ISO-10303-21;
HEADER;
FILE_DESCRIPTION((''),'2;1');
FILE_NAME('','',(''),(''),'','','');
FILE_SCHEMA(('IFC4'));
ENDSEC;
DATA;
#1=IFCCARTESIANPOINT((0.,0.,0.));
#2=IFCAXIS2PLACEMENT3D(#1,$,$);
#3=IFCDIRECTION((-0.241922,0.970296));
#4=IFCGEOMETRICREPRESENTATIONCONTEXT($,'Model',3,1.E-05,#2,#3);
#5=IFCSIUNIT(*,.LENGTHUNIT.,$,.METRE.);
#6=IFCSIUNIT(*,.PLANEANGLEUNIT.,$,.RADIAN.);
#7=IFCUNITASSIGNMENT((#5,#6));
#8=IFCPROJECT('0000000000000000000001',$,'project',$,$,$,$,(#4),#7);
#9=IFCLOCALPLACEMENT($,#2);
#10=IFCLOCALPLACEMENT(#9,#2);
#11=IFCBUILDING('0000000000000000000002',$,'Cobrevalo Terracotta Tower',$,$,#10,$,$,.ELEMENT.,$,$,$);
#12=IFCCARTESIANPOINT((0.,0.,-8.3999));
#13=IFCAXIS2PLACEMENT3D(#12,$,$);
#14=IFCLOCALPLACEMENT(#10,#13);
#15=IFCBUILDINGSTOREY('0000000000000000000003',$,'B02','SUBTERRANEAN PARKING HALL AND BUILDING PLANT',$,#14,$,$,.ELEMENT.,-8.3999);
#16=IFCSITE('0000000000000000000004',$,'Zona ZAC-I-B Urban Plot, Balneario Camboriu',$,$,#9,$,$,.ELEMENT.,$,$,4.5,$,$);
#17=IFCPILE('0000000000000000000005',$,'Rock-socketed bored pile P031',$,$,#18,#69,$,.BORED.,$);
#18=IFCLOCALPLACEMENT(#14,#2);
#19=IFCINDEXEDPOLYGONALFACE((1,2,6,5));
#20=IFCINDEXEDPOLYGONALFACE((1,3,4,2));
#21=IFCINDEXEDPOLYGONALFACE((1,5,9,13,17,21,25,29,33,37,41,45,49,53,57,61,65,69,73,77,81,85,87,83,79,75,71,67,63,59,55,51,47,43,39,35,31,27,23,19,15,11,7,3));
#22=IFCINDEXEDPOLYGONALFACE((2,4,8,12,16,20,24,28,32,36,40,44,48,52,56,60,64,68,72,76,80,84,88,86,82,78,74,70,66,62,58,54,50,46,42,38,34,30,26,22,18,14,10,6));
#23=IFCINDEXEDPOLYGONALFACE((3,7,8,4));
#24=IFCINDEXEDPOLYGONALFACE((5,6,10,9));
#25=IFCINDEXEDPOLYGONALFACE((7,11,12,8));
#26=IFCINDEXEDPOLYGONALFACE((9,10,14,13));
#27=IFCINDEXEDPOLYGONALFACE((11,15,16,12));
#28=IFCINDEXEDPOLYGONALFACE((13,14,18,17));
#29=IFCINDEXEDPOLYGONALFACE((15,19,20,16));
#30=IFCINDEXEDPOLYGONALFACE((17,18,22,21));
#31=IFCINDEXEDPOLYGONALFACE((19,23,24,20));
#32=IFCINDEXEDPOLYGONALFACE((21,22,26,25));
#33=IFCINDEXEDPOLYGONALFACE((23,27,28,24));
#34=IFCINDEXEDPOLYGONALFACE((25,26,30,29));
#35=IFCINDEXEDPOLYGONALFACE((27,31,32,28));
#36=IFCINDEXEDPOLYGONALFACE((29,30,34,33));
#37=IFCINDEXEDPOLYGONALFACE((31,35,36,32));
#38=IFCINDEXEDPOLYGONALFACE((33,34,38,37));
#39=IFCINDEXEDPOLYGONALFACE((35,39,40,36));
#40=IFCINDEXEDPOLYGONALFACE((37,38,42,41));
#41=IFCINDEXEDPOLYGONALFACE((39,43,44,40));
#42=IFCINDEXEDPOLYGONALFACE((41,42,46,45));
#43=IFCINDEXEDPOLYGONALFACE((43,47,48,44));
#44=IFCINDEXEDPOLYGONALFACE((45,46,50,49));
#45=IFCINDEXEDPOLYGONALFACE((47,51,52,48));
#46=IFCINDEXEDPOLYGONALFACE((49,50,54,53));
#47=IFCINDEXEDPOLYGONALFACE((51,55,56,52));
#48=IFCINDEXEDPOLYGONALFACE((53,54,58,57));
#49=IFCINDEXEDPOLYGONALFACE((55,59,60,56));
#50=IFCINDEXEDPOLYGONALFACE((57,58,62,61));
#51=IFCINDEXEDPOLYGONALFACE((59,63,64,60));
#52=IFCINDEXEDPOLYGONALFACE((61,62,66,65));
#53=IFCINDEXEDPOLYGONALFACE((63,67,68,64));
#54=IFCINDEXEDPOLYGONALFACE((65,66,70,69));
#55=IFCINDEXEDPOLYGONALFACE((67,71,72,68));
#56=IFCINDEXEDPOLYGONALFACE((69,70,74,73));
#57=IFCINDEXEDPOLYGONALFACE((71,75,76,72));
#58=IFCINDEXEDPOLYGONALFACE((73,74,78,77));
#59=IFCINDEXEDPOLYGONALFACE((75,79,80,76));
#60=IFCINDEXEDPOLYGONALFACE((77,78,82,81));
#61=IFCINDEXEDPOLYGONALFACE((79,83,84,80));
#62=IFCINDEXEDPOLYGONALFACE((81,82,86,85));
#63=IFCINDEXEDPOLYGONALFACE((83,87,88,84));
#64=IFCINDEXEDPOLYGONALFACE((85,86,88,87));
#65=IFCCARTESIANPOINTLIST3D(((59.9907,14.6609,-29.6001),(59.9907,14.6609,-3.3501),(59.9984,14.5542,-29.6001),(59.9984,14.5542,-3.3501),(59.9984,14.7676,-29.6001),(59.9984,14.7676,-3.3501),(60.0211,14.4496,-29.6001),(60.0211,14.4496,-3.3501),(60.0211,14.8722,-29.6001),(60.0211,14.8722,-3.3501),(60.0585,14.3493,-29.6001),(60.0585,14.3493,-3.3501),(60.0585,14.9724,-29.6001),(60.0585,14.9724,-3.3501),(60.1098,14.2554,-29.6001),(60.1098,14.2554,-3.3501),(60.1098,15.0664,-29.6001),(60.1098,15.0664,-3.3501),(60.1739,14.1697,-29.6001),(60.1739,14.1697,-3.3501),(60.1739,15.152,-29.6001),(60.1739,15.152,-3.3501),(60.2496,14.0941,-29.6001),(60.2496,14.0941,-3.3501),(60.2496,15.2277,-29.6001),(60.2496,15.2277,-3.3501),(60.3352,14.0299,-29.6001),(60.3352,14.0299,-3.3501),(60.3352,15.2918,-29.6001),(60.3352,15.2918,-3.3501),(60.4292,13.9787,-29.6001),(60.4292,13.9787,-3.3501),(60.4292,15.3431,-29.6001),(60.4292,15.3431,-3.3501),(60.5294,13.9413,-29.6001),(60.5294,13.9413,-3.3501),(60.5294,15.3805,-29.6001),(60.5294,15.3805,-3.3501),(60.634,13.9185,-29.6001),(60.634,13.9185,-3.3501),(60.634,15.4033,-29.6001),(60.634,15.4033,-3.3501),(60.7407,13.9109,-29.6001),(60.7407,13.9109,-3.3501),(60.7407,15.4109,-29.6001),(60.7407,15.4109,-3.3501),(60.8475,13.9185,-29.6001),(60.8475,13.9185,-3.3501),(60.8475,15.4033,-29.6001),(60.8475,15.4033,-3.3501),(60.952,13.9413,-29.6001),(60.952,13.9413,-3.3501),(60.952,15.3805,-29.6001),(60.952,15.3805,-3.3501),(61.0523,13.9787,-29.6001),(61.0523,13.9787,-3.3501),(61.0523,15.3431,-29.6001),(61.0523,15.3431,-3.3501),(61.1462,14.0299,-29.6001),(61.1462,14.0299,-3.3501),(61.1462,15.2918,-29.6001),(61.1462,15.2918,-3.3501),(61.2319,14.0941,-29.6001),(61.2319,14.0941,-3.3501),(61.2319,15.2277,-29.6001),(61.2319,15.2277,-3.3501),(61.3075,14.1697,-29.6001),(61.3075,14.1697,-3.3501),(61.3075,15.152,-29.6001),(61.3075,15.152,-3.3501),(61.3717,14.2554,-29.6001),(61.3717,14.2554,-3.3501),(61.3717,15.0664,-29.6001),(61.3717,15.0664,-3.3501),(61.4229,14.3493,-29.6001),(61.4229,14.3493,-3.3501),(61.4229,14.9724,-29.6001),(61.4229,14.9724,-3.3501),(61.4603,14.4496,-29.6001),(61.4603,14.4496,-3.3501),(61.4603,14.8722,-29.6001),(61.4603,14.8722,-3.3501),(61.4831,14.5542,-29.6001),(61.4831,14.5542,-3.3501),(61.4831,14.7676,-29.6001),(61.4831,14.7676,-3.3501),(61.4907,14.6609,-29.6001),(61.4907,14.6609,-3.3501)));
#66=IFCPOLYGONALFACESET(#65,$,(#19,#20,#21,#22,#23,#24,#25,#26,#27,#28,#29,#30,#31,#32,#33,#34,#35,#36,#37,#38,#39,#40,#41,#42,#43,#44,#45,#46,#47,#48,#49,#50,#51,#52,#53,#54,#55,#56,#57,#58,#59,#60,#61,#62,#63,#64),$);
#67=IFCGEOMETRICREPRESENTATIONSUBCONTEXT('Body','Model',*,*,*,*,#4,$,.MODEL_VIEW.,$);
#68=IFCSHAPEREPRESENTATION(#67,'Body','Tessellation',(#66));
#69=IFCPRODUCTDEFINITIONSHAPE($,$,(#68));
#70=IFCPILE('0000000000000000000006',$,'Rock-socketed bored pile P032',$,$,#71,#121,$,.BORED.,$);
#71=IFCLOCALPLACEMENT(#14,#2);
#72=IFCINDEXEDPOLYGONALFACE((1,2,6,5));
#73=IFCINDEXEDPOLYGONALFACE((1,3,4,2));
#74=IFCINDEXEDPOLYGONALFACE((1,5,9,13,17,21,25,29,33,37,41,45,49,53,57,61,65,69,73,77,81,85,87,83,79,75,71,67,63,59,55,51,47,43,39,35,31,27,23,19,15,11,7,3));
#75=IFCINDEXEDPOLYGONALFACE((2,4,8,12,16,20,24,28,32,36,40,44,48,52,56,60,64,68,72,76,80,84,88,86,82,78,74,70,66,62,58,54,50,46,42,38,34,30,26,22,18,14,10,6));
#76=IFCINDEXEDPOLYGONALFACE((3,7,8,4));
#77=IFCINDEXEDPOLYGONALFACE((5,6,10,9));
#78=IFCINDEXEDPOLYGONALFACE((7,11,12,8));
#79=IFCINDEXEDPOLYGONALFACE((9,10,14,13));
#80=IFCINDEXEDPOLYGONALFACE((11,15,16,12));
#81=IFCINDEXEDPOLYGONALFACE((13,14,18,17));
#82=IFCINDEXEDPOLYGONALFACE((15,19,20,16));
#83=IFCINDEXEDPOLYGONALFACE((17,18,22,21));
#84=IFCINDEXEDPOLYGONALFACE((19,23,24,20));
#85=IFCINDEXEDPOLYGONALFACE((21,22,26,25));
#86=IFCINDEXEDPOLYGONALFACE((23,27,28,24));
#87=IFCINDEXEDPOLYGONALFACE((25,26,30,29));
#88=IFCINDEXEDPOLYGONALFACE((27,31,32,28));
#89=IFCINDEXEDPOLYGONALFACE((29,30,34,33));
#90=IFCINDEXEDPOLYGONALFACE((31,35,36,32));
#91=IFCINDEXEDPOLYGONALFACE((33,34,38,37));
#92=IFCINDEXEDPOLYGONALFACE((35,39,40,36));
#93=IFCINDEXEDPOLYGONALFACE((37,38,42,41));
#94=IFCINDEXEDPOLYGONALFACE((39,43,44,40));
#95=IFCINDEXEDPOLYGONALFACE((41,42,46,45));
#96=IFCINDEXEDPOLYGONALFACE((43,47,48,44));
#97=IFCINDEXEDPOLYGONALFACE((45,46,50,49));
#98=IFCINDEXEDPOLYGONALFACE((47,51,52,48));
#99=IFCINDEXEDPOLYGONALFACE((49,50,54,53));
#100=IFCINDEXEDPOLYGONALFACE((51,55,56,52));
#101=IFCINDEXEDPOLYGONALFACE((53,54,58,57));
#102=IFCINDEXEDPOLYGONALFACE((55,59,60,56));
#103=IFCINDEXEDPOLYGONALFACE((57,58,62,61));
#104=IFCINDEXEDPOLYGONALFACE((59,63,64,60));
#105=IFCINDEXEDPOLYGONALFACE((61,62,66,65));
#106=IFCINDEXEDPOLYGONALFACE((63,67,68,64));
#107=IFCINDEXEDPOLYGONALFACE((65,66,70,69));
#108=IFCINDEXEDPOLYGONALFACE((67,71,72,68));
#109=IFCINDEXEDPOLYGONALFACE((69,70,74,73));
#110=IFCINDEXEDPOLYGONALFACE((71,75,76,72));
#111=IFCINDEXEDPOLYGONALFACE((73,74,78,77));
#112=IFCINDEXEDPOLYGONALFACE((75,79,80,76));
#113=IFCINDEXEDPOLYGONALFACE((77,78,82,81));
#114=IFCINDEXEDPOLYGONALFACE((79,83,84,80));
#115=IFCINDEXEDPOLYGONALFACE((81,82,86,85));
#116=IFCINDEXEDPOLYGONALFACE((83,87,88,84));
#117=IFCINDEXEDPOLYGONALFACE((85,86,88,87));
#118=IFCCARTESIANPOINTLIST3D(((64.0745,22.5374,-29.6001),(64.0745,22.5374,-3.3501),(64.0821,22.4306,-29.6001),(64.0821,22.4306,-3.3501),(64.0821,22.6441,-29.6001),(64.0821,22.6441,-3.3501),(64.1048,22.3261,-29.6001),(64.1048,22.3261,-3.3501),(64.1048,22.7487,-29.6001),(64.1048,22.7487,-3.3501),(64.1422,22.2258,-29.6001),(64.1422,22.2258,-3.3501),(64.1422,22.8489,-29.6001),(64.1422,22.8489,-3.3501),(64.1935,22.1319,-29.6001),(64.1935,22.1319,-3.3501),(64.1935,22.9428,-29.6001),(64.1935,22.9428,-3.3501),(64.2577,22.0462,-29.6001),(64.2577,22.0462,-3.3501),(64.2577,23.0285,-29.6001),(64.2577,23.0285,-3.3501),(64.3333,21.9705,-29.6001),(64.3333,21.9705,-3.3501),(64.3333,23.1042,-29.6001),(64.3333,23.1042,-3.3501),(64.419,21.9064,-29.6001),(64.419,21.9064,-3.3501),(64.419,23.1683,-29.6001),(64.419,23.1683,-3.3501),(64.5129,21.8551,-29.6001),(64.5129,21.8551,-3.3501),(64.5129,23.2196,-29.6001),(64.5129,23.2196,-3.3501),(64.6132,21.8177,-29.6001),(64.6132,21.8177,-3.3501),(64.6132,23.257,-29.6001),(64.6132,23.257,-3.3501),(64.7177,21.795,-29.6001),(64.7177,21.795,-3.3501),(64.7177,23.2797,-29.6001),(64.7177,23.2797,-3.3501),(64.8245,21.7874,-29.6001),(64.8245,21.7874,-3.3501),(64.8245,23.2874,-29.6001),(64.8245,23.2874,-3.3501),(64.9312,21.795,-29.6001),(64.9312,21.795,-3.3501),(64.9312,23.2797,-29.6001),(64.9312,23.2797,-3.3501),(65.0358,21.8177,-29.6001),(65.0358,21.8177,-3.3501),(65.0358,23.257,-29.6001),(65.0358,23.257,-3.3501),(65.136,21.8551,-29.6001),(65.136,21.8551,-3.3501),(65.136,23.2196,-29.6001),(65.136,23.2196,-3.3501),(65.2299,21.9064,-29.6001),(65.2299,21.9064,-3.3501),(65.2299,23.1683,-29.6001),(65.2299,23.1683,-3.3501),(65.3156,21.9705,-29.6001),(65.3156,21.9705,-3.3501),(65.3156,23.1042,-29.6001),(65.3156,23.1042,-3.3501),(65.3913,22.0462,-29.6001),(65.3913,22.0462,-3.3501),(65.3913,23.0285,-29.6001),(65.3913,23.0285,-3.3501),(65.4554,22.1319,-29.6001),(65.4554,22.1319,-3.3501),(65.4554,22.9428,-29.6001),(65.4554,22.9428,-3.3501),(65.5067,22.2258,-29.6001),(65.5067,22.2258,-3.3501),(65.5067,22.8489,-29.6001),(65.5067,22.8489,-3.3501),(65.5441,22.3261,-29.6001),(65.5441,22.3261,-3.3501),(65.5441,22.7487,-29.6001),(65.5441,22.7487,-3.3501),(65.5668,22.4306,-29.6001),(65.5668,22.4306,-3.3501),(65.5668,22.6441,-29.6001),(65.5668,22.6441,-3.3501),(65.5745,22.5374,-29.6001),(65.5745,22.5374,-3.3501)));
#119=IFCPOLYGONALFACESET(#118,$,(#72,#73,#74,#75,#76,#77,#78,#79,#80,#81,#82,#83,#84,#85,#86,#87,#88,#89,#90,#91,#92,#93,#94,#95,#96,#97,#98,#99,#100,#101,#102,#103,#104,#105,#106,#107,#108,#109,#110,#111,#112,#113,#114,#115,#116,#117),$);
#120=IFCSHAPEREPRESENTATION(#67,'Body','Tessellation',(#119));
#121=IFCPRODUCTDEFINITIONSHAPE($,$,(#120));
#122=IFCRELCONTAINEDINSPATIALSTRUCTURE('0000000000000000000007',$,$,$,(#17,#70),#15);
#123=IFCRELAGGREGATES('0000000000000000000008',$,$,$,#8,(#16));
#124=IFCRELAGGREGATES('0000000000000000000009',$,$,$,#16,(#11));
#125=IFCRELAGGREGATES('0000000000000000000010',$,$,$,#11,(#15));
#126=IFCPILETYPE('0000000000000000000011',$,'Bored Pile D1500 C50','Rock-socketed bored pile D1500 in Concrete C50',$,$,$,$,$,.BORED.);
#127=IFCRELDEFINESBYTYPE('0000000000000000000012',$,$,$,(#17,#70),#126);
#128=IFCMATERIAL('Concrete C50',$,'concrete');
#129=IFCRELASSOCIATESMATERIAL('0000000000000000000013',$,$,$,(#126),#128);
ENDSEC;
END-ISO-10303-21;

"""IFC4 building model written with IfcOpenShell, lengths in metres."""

from ifc_helpers import new_model, si_unit, direction, frame, origin, origin_2d, place, context, subcontext, project, spatial, circle, extrude, material, material_profile, profile_set, type_object, element, save


model = new_model("IFC4")

# Units and contexts
model_context = context("Model", 3, precision=1e-05, world=origin(), true_north=direction((-0.241922, 0.970296)))
body_context = subcontext(model_context, "Body", "Model", "MODEL_VIEW")
ifc_project = project(units=[si_unit("LENGTHUNIT", "METRE"), si_unit("PLANEANGLEUNIT", "RADIAN")], contexts=[model_context])

# Site, building, storey
site_placement = place(None, origin())
site = spatial("IfcSite", under=ifc_project, at=site_placement, Name="Zona ZAC-I-B Urban Plot, Balneario Camboriu", CompositionType="ELEMENT", RefElevation=4.5)
building_placement = place(site_placement, origin())
building = spatial("IfcBuilding", under=site, at=building_placement, Name="Cobrevalo Terracotta Tower", CompositionType="ELEMENT")
storey_placement = place(building_placement, frame((0.0, 0.0, -8.3999)))
storey = spatial("IfcBuildingStorey", under=building, at=storey_placement, Name="B02", Description="SUBTERRANEAN PARKING HALL AND BUILDING PLANT", CompositionType="ELEMENT", Elevation=-8.3999)

# Piles
ifc_material_1 = material(Name="Concrete C50", Category="concrete")
ifc_material_profile_1 = material_profile(ifc_material_1, circle(Radius=0.75, at=origin_2d()), Name="PILE D1500")
ifc_profile_set_1 = profile_set([ifc_material_profile_1], Name="Concrete C50")
pile_type_1 = type_object("IfcPileType", Name="Bored Pile D1500 C50", Description="Rock-socketed bored pile D1500 in Concrete C50", PredefinedType="BORED", material=ifc_profile_set_1)
for number, where, z_axis, x_axis, name in (
    (1, (60.7407, 14.6609, -3.3501), (0.0, 0.0, -1.0), (1.0, 0.0, 0.0), "Rock-socketed bored pile P031"),
    (2, (64.8245, 22.5374, -3.3501), (0.0, 0.0, -1.0), (1.0, 0.0, 0.0), "Rock-socketed bored pile P032"),
):
    element("IfcPile", number, at=place(storey_placement, frame(where, z_axis=z_axis, x_axis=x_axis)), inside=storey, type_object=pile_type_1, Name=name, PredefinedType="BORED", context=body_context, shape_type="SweptSolid", body=[
        extrude(circle(Radius=0.75, at=origin_2d()), origin(), (0.0, 0.0, 1.0), 26.25),
    ])

save(model, "model.ifc")
